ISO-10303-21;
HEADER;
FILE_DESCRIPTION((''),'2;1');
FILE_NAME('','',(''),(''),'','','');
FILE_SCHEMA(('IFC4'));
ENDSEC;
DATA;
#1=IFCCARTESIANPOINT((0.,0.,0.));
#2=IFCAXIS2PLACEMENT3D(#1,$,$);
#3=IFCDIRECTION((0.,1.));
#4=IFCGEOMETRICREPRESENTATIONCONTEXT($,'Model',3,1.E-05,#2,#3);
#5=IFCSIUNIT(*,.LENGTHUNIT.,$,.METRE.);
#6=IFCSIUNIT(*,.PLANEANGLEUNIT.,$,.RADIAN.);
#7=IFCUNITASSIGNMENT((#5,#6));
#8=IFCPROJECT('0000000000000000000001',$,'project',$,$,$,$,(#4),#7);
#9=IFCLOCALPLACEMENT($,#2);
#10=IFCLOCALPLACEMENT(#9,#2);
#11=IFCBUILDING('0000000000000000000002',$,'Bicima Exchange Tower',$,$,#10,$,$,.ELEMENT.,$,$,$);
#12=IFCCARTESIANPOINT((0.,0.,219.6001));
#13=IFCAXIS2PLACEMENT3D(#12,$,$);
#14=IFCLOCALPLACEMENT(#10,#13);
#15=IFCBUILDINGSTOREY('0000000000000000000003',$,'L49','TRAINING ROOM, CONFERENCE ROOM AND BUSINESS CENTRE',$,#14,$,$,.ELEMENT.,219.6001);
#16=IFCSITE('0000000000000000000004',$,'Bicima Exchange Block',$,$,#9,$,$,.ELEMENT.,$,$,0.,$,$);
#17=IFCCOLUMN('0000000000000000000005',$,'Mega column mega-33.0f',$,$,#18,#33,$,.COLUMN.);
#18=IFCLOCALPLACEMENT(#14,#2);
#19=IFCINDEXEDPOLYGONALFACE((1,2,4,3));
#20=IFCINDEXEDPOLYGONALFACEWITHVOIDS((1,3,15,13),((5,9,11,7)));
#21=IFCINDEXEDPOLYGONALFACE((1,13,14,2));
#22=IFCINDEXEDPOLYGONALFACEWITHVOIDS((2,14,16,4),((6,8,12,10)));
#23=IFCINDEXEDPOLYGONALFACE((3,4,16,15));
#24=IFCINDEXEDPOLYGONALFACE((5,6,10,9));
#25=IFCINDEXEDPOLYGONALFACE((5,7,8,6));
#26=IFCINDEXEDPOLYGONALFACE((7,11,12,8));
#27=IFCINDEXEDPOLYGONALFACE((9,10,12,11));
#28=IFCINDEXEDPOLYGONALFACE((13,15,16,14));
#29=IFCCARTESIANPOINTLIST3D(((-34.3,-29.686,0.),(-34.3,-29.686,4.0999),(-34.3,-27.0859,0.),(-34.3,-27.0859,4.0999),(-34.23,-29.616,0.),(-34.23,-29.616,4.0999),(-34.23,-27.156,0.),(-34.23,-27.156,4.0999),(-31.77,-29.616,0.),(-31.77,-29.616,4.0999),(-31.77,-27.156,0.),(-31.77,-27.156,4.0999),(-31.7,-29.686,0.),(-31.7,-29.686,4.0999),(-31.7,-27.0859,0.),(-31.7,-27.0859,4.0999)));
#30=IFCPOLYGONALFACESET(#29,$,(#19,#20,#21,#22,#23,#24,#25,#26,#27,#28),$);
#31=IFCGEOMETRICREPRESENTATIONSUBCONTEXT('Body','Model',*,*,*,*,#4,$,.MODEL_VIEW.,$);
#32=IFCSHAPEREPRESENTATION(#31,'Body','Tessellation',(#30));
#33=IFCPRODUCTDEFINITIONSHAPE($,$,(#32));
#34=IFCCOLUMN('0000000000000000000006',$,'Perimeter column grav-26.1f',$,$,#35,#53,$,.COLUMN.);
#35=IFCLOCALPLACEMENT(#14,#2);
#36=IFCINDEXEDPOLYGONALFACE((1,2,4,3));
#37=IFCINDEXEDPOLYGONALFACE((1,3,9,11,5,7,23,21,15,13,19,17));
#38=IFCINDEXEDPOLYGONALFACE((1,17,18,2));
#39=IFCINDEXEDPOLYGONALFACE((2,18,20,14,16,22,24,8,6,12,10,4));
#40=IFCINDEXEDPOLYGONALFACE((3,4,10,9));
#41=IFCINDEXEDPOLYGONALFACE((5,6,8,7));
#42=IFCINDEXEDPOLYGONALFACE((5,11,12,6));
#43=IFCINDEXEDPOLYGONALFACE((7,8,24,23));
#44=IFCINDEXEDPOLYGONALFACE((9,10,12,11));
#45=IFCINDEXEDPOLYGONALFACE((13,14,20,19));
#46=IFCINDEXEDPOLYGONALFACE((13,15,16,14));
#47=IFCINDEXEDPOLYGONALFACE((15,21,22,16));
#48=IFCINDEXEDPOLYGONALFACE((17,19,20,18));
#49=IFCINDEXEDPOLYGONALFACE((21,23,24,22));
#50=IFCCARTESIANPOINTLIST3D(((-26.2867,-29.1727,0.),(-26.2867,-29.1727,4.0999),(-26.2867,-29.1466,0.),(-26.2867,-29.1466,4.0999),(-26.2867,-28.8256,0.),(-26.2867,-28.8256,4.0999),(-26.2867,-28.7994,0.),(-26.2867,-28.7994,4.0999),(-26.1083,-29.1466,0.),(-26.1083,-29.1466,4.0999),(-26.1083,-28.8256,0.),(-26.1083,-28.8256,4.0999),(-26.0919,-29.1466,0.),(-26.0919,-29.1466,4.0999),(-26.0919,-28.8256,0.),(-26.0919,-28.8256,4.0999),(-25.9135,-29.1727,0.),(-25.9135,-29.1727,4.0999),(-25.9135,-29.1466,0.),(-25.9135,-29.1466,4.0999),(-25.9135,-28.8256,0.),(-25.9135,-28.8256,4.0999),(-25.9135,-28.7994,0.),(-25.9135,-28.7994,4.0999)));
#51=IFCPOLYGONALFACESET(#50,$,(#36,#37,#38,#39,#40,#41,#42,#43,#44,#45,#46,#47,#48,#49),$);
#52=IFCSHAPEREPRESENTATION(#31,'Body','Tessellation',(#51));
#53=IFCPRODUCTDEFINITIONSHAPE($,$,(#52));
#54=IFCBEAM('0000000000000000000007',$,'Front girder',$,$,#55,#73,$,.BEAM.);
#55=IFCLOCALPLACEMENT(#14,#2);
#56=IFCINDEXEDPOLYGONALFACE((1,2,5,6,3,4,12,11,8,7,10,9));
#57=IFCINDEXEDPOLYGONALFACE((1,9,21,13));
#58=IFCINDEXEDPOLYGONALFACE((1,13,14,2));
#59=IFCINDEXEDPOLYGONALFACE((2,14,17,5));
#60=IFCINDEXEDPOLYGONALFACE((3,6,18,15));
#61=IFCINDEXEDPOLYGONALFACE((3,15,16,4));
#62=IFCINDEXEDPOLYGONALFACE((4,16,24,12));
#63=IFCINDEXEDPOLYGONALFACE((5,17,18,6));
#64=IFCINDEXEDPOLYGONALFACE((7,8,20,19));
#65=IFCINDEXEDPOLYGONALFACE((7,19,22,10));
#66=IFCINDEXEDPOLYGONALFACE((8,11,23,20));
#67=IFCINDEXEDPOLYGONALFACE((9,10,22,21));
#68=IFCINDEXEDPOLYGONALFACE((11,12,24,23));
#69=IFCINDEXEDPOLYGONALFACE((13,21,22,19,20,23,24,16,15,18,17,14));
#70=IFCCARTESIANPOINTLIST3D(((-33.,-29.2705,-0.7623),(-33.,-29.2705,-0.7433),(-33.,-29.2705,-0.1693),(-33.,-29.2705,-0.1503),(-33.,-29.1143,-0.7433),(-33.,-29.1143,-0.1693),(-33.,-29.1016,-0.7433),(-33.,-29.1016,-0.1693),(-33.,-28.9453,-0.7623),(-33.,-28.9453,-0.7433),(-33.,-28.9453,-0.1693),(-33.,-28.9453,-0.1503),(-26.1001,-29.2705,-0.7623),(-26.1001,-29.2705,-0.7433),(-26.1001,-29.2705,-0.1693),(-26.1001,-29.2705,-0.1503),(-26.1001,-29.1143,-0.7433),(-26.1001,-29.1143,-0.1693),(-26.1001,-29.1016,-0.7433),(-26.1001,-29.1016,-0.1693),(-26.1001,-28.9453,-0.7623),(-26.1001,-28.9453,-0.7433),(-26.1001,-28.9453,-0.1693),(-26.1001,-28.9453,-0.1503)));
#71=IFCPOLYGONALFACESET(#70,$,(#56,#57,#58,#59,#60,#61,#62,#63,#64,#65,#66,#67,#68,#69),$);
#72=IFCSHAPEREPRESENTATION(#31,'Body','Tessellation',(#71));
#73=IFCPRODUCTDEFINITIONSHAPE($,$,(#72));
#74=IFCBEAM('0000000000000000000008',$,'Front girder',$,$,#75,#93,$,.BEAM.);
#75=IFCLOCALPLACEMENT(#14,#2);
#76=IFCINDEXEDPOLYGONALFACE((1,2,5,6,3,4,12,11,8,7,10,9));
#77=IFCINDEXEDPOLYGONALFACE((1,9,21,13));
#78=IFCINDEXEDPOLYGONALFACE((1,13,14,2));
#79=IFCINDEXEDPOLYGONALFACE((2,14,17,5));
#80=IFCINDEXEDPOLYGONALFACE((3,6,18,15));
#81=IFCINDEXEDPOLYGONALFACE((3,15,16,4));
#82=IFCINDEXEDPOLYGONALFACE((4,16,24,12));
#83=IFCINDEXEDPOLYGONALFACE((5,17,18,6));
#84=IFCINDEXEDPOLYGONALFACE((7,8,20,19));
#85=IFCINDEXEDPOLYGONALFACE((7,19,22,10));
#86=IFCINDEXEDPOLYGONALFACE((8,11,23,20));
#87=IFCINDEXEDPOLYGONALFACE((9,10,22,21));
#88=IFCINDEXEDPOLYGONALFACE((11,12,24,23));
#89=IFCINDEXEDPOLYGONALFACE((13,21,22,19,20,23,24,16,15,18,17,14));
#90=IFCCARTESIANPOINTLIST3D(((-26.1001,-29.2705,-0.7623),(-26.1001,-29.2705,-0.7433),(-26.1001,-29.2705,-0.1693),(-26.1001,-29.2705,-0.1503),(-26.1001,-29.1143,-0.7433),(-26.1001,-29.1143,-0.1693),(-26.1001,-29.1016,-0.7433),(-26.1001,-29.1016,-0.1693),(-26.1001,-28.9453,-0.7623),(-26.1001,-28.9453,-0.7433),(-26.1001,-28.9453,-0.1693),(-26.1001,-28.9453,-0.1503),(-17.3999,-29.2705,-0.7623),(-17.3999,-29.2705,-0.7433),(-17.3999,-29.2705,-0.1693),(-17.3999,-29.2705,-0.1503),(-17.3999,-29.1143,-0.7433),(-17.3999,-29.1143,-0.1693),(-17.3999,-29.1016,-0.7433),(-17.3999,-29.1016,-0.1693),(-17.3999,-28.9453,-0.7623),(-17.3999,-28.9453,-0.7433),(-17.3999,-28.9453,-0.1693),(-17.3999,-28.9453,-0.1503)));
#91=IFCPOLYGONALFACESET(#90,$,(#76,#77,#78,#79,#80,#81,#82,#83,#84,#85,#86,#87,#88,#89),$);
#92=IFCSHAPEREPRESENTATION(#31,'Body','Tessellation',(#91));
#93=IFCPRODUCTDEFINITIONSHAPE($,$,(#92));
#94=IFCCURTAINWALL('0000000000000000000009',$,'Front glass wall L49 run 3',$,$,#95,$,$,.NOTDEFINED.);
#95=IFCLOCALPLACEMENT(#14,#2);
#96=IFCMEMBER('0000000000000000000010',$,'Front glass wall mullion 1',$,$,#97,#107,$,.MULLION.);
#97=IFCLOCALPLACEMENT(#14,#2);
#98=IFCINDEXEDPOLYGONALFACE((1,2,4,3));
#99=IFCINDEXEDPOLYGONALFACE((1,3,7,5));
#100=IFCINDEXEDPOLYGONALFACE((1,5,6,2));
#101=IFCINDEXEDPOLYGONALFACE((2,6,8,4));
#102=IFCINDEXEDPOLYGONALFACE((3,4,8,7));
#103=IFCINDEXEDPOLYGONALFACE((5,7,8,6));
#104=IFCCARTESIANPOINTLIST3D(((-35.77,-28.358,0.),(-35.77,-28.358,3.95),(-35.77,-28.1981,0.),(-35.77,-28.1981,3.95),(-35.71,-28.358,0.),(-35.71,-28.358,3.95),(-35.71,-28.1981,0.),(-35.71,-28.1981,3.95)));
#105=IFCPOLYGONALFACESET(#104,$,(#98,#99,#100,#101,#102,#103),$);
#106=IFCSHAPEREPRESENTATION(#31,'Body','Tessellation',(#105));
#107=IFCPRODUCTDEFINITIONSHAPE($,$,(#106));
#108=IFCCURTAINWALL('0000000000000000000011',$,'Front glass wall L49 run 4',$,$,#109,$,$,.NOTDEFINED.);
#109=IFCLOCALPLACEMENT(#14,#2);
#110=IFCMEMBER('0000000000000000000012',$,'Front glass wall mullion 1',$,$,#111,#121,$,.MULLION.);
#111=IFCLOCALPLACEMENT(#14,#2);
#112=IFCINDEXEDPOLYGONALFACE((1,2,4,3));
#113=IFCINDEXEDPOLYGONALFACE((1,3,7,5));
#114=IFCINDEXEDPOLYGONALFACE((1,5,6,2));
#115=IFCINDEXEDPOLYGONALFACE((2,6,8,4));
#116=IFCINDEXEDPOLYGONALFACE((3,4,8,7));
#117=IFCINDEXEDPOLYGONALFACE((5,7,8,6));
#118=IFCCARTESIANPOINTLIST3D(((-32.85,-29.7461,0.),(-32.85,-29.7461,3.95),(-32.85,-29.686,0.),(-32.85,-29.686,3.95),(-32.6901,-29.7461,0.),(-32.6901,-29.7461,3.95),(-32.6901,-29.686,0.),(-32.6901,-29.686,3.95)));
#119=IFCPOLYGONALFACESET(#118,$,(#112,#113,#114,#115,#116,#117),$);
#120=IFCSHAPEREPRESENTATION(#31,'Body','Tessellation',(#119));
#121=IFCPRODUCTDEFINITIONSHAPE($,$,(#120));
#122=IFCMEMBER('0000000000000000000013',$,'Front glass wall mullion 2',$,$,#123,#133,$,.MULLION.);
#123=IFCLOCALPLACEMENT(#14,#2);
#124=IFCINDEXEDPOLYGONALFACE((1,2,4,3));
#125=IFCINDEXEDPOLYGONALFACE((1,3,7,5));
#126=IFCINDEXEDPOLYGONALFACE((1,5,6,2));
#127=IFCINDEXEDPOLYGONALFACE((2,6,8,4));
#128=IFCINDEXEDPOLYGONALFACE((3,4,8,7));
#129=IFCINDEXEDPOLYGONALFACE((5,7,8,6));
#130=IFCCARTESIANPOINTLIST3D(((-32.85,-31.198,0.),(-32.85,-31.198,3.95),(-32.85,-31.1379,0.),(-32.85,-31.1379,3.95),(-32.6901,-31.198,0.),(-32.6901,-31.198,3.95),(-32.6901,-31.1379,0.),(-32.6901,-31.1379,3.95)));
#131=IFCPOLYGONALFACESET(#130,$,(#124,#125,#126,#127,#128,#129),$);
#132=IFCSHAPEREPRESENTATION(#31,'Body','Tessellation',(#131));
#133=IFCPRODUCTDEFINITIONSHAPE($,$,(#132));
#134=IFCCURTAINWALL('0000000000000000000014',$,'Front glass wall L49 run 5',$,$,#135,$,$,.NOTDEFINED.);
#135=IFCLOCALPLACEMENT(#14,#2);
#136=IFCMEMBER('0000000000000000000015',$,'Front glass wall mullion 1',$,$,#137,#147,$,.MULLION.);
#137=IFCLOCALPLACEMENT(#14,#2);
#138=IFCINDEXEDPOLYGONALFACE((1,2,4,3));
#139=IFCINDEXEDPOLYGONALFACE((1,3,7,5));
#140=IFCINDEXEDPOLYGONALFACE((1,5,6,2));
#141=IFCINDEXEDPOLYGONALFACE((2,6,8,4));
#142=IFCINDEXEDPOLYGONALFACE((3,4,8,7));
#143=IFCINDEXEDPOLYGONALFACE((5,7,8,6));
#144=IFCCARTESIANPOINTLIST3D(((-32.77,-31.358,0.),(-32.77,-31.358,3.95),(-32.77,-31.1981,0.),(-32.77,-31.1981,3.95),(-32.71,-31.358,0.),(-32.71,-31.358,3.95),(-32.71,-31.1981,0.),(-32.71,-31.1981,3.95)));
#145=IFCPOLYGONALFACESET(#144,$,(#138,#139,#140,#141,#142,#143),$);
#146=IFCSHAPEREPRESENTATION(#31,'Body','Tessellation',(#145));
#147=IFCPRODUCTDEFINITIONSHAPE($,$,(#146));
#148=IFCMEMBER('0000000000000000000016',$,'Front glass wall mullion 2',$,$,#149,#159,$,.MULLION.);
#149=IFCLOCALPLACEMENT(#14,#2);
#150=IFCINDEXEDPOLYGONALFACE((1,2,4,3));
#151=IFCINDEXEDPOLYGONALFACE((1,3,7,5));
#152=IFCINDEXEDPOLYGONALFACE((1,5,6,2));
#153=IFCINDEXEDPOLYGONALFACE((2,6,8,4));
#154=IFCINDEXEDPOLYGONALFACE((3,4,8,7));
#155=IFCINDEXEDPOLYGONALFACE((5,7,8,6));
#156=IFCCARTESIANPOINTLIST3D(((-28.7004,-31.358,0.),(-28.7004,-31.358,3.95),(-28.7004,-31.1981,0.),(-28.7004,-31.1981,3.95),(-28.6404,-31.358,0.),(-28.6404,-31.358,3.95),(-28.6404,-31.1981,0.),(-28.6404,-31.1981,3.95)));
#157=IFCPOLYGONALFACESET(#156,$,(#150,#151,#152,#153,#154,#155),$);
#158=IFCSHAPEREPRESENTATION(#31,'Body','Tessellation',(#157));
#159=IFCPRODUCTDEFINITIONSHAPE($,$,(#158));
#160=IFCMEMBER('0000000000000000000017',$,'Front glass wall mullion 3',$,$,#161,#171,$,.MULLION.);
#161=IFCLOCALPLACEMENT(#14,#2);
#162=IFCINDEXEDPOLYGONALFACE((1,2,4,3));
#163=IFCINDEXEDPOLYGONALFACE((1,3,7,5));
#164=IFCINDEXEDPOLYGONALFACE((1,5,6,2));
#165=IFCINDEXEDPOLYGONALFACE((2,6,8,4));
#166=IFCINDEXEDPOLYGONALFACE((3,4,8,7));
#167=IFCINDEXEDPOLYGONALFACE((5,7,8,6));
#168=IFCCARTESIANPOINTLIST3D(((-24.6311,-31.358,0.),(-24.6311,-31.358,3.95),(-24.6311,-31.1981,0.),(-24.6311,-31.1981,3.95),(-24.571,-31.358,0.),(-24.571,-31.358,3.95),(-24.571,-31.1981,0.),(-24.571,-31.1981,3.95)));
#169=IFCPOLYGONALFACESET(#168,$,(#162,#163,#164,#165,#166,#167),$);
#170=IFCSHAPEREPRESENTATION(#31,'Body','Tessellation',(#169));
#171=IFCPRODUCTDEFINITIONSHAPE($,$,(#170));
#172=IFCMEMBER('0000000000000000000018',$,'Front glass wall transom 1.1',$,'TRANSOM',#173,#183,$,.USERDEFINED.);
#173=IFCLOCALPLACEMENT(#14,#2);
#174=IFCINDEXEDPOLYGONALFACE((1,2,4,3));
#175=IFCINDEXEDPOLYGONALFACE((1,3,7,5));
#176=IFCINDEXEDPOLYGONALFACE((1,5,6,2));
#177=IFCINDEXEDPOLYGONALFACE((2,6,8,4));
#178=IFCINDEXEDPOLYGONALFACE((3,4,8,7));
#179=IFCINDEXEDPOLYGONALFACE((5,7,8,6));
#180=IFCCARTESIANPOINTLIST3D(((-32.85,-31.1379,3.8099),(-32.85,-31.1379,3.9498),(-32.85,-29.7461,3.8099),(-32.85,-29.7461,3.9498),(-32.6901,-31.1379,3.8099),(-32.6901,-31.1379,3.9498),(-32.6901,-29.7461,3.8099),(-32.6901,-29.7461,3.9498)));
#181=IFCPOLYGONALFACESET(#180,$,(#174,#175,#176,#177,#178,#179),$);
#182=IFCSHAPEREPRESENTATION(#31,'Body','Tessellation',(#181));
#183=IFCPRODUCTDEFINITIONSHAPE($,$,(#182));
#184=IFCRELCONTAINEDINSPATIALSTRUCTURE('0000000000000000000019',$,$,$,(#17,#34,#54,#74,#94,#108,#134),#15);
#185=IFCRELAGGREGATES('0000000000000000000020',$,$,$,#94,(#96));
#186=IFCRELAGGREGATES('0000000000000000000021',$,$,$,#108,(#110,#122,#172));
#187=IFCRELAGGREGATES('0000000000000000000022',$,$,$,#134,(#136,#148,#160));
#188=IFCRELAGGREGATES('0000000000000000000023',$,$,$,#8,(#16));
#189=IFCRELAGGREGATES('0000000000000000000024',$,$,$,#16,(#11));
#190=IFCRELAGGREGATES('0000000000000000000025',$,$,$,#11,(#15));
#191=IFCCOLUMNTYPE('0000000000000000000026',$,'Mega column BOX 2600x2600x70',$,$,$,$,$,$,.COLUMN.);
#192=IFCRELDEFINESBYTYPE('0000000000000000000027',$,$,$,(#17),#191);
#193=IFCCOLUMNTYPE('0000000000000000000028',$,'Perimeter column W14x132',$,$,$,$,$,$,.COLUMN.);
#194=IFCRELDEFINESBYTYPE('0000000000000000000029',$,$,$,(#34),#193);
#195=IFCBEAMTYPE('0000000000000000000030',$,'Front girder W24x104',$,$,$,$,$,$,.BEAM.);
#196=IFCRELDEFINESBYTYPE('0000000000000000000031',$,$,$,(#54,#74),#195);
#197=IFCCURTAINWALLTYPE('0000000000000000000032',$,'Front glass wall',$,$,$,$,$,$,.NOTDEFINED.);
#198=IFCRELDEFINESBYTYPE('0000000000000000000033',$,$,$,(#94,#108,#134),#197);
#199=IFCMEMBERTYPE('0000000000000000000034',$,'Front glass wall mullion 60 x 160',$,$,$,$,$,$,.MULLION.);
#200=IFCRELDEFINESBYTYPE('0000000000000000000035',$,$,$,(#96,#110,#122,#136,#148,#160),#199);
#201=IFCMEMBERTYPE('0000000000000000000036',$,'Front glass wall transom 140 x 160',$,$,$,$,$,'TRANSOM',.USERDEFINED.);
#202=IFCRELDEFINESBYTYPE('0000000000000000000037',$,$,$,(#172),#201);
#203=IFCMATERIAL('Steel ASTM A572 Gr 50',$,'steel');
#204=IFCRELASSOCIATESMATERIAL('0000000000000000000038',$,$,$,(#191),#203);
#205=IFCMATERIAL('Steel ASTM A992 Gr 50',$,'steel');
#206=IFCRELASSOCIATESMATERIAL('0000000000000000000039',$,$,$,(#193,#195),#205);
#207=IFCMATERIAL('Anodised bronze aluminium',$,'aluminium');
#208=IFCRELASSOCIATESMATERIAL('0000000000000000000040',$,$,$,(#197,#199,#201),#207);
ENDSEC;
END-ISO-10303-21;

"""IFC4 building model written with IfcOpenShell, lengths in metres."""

from ifc_helpers import new_model, si_unit, direction, frame, origin, origin_2d, place, context, subcontext, project, spatial, rectangle, hollow_rectangle, i_section, extrude, material, material_profile, profile_set, type_object, element, aggregate, save


model = new_model("IFC4")

# Units and contexts
model_context = context("Model", 3, precision=1e-05, world=origin(), true_north=direction((0.0, 1.0)))
body_context = subcontext(model_context, "Body", "Model", "MODEL_VIEW")
ifc_project = project(units=[si_unit("LENGTHUNIT", "METRE"), si_unit("PLANEANGLEUNIT", "RADIAN")], contexts=[model_context])

# Site, building, storey
site_placement = place(None, origin())
site = spatial("IfcSite", under=ifc_project, at=site_placement, Name="Bicima Exchange Block", CompositionType="ELEMENT", RefElevation=0.0)
building_placement = place(site_placement, origin())
building = spatial("IfcBuilding", under=site, at=building_placement, Name="Bicima Exchange Tower", CompositionType="ELEMENT")
storey_placement = place(building_placement, frame((0.0, 0.0, 219.6001)))
storey = spatial("IfcBuildingStorey", under=building, at=storey_placement, Name="L49", Description="TRAINING ROOM, CONFERENCE ROOM AND BUSINESS CENTRE", CompositionType="ELEMENT", Elevation=219.6001)

# Columns
ifc_material_1 = material(Name="Steel ASTM A572 Gr 50", Category="steel")
ifc_material_profile_1 = material_profile(ifc_material_1, hollow_rectangle(XDim=2.6001, YDim=2.6001, WallThickness=0.0701, at=origin_2d()))
ifc_profile_set_1 = profile_set([ifc_material_profile_1], Name="Steel ASTM A572 Gr 50")
column_type_1 = type_object("IfcColumnType", Name="Mega column BOX 2600x2600x70", PredefinedType="COLUMN", material=ifc_profile_set_1)
column_1_placement = place(storey_placement, frame((-33.0, -28.386, 0.0), z_axis=(0.0, 0.0, 1.0), x_axis=(1.0, 0.0, 0.0)))
element("IfcColumn", 1, at=column_1_placement, inside=storey, type_object=column_type_1, Name="Mega column mega-33.0f", PredefinedType="COLUMN", context=body_context, shape_type="SweptSolid", body=[
    extrude(hollow_rectangle(XDim=2.6001, YDim=2.6001, WallThickness=0.0701, at=origin_2d()), origin(), (0.0, 0.0, 1.0), 4.0999),
])
ifc_material_2 = material(Name="Steel ASTM A992 Gr 50", Category="steel")
ifc_material_profile_2 = material_profile(ifc_material_2, i_section(OverallWidth=0.3733, OverallDepth=0.3733, WebThickness=0.0164, FlangeThickness=0.0261, at=origin_2d()))
ifc_profile_set_2 = profile_set([ifc_material_profile_2], Name="Steel ASTM A992 Gr 50")
column_type_2 = type_object("IfcColumnType", Name="Perimeter column W14x132", PredefinedType="COLUMN", material=ifc_profile_set_2)
column_2_placement = place(storey_placement, frame((-26.1001, -28.9861, 0.0), z_axis=(0.0, 0.0, 1.0), x_axis=(1.0, 0.0, 0.0)))
element("IfcColumn", 2, at=column_2_placement, inside=storey, type_object=column_type_2, Name="Perimeter column grav-26.1f", PredefinedType="COLUMN", context=body_context, shape_type="SweptSolid", body=[
    extrude(i_section(OverallWidth=0.3733, OverallDepth=0.3733, WebThickness=0.0164, FlangeThickness=0.0261, at=origin_2d()), origin(), (0.0, 0.0, 1.0), 4.0999),
])

# Beams
ifc_material_profile_3 = material_profile(ifc_material_2, i_section(OverallWidth=0.3252, OverallDepth=0.6121, WebThickness=0.0127, FlangeThickness=0.019, at=origin_2d()))
ifc_profile_set_3 = profile_set([ifc_material_profile_3], Name="Steel ASTM A992 Gr 50")
beam_type = type_object("IfcBeamType", Name="Front girder W24x104", PredefinedType="BEAM", material=ifc_profile_set_3)
beam_1_placement = place(storey_placement, frame((-33.0, -29.1079, -0.4563), z_axis=(1.0, 0.0, 0.0), x_axis=(0.0, 1.0, 0.0)))
element("IfcBeam", 3, at=beam_1_placement, inside=storey, type_object=beam_type, Name="Front girder", PredefinedType="BEAM", context=body_context, shape_type="SweptSolid", body=[
    extrude(i_section(OverallWidth=0.3252, OverallDepth=0.6121, WebThickness=0.0127, FlangeThickness=0.019, at=origin_2d()), origin(), (0.0, 0.0, 1.0), 6.8999),
])
beam_2_placement = place(storey_placement, frame((-26.1001, -29.1079, -0.4563), z_axis=(1.0, 0.0, 0.0), x_axis=(0.0, 1.0, 0.0)))
element("IfcBeam", 4, at=beam_2_placement, inside=storey, type_object=beam_type, Name="Front girder", PredefinedType="BEAM", context=body_context, shape_type="SweptSolid", body=[
    extrude(i_section(OverallWidth=0.3252, OverallDepth=0.6121, WebThickness=0.0127, FlangeThickness=0.019, at=origin_2d()), origin(), (0.0, 0.0, 1.0), 8.7002),
])

# Curtain wall, member
ifc_material_3 = material(Name="Anodised bronze aluminium", Category="aluminium")
curtain_wall_type = type_object("IfcCurtainWallType", Name="Front glass wall", PredefinedType="NOTDEFINED", material=ifc_material_3)
curtain_wall_1_placement = place(storey_placement, origin())
curtain_wall_1 = element("IfcCurtainWall", 5, at=curtain_wall_1_placement, inside=storey, type_object=curtain_wall_type, Name="Front glass wall L49 run 3", PredefinedType="NOTDEFINED")
ifc_material_profile_4 = material_profile(ifc_material_3, rectangle(XDim=0.1599, YDim=0.0601, at=origin_2d()))
ifc_profile_set_4 = profile_set([ifc_material_profile_4], Name="Anodised bronze aluminium")
member_type_1 = type_object("IfcMemberType", Name="Front glass wall mullion 60 x 160", PredefinedType="MULLION", material=ifc_profile_set_4)
member_1_placement = place(storey_placement, frame((-35.74, -28.2781, 0.0), z_axis=(0.0, 0.0, 1.0), x_axis=(0.0, 1.0, 0.0)))
member_1 = element("IfcMember", 6, at=member_1_placement, type_object=member_type_1, Name="Front glass wall mullion 1", PredefinedType="MULLION", context=body_context, shape_type="SweptSolid", body=[
    extrude(rectangle(XDim=0.1599, YDim=0.0601, at=origin_2d()), origin(), (0.0, 0.0, 1.0), 3.95),
])
aggregate(curtain_wall_1, [member_1])

# Curtain walls, members
curtain_wall_2_placement = place(storey_placement, origin())
curtain_wall_2 = element("IfcCurtainWall", 7, at=curtain_wall_2_placement, inside=storey, type_object=curtain_wall_type, Name="Front glass wall L49 run 4", PredefinedType="NOTDEFINED")
member_2_placement = place(storey_placement, frame((-32.77, -29.7161, 0.0), z_axis=(0.0, 0.0, 1.0), x_axis=(1.0, 0.0, 0.0)))
member_2 = element("IfcMember", 8, at=member_2_placement, type_object=member_type_1, Name="Front glass wall mullion 1", PredefinedType="MULLION", context=body_context, shape_type="SweptSolid", body=[
    extrude(rectangle(XDim=0.1599, YDim=0.0601, at=origin_2d()), origin(), (0.0, 0.0, 1.0), 3.95),
])
member_3_placement = place(storey_placement, frame((-32.77, -31.168, 0.0), z_axis=(0.0, 0.0, 1.0), x_axis=(1.0, 0.0, 0.0)))
member_3 = element("IfcMember", 9, at=member_3_placement, type_object=member_type_1, Name="Front glass wall mullion 2", PredefinedType="MULLION", context=body_context, shape_type="SweptSolid", body=[
    extrude(rectangle(XDim=0.1599, YDim=0.0601, at=origin_2d()), origin(), (0.0, 0.0, 1.0), 3.95),
])
curtain_wall_3_placement = place(storey_placement, origin())
curtain_wall_3 = element("IfcCurtainWall", 10, at=curtain_wall_3_placement, inside=storey, type_object=curtain_wall_type, Name="Front glass wall L49 run 5", PredefinedType="NOTDEFINED")
member_4_placement = place(storey_placement, frame((-32.74, -31.2781, 0.0), z_axis=(0.0, 0.0, 1.0), x_axis=(0.0, 1.0, 0.0)))
member_4 = element("IfcMember", 11, at=member_4_placement, type_object=member_type_1, Name="Front glass wall mullion 1", PredefinedType="MULLION", context=body_context, shape_type="SweptSolid", body=[
    extrude(rectangle(XDim=0.1599, YDim=0.0601, at=origin_2d()), origin(), (0.0, 0.0, 1.0), 3.95),
])
member_5_placement = place(storey_placement, frame((-28.6704, -31.2781, 0.0), z_axis=(0.0, 0.0, 1.0), x_axis=(0.0, 1.0, 0.0)))
member_5 = element("IfcMember", 12, at=member_5_placement, type_object=member_type_1, Name="Front glass wall mullion 2", PredefinedType="MULLION", context=body_context, shape_type="SweptSolid", body=[
    extrude(rectangle(XDim=0.1599, YDim=0.0601, at=origin_2d()), origin(), (0.0, 0.0, 1.0), 3.95),
])
member_6_placement = place(storey_placement, frame((-24.6011, -31.2781, 0.0), z_axis=(0.0, 0.0, 1.0), x_axis=(0.0, 1.0, 0.0)))
member_6 = element("IfcMember", 13, at=member_6_placement, type_object=member_type_1, Name="Front glass wall mullion 3", PredefinedType="MULLION", context=body_context, shape_type="SweptSolid", body=[
    extrude(rectangle(XDim=0.1599, YDim=0.0601, at=origin_2d()), origin(), (0.0, 0.0, 1.0), 3.95),
])

# Member
ifc_material_profile_5 = material_profile(ifc_material_3, rectangle(XDim=0.1599, YDim=0.1399, at=origin_2d()))
ifc_profile_set_5 = profile_set([ifc_material_profile_5], Name="Anodised bronze aluminium")
member_type_2 = type_object("IfcMemberType", Name="Front glass wall transom 140 x 160", ElementType="TRANSOM", PredefinedType="USERDEFINED", material=ifc_profile_set_5)
member_7_placement = place(storey_placement, frame((-32.77, -29.7461, 3.8799), z_axis=(0.0, -1.0, 0.0), x_axis=(1.0, 0.0, 0.0)))
member_7 = element("IfcMember", 14, at=member_7_placement, type_object=member_type_2, Name="Front glass wall transom 1.1", ObjectType="TRANSOM", PredefinedType="USERDEFINED", context=body_context, shape_type="SweptSolid", body=[
    extrude(rectangle(XDim=0.1599, YDim=0.1399, at=origin_2d()), origin(), (0.0, 0.0, 1.0), 1.3918),
])

aggregate(curtain_wall_2, [member_2, member_3, member_7])
aggregate(curtain_wall_3, [member_4, member_5, member_6])

save(model, "model.ifc")
